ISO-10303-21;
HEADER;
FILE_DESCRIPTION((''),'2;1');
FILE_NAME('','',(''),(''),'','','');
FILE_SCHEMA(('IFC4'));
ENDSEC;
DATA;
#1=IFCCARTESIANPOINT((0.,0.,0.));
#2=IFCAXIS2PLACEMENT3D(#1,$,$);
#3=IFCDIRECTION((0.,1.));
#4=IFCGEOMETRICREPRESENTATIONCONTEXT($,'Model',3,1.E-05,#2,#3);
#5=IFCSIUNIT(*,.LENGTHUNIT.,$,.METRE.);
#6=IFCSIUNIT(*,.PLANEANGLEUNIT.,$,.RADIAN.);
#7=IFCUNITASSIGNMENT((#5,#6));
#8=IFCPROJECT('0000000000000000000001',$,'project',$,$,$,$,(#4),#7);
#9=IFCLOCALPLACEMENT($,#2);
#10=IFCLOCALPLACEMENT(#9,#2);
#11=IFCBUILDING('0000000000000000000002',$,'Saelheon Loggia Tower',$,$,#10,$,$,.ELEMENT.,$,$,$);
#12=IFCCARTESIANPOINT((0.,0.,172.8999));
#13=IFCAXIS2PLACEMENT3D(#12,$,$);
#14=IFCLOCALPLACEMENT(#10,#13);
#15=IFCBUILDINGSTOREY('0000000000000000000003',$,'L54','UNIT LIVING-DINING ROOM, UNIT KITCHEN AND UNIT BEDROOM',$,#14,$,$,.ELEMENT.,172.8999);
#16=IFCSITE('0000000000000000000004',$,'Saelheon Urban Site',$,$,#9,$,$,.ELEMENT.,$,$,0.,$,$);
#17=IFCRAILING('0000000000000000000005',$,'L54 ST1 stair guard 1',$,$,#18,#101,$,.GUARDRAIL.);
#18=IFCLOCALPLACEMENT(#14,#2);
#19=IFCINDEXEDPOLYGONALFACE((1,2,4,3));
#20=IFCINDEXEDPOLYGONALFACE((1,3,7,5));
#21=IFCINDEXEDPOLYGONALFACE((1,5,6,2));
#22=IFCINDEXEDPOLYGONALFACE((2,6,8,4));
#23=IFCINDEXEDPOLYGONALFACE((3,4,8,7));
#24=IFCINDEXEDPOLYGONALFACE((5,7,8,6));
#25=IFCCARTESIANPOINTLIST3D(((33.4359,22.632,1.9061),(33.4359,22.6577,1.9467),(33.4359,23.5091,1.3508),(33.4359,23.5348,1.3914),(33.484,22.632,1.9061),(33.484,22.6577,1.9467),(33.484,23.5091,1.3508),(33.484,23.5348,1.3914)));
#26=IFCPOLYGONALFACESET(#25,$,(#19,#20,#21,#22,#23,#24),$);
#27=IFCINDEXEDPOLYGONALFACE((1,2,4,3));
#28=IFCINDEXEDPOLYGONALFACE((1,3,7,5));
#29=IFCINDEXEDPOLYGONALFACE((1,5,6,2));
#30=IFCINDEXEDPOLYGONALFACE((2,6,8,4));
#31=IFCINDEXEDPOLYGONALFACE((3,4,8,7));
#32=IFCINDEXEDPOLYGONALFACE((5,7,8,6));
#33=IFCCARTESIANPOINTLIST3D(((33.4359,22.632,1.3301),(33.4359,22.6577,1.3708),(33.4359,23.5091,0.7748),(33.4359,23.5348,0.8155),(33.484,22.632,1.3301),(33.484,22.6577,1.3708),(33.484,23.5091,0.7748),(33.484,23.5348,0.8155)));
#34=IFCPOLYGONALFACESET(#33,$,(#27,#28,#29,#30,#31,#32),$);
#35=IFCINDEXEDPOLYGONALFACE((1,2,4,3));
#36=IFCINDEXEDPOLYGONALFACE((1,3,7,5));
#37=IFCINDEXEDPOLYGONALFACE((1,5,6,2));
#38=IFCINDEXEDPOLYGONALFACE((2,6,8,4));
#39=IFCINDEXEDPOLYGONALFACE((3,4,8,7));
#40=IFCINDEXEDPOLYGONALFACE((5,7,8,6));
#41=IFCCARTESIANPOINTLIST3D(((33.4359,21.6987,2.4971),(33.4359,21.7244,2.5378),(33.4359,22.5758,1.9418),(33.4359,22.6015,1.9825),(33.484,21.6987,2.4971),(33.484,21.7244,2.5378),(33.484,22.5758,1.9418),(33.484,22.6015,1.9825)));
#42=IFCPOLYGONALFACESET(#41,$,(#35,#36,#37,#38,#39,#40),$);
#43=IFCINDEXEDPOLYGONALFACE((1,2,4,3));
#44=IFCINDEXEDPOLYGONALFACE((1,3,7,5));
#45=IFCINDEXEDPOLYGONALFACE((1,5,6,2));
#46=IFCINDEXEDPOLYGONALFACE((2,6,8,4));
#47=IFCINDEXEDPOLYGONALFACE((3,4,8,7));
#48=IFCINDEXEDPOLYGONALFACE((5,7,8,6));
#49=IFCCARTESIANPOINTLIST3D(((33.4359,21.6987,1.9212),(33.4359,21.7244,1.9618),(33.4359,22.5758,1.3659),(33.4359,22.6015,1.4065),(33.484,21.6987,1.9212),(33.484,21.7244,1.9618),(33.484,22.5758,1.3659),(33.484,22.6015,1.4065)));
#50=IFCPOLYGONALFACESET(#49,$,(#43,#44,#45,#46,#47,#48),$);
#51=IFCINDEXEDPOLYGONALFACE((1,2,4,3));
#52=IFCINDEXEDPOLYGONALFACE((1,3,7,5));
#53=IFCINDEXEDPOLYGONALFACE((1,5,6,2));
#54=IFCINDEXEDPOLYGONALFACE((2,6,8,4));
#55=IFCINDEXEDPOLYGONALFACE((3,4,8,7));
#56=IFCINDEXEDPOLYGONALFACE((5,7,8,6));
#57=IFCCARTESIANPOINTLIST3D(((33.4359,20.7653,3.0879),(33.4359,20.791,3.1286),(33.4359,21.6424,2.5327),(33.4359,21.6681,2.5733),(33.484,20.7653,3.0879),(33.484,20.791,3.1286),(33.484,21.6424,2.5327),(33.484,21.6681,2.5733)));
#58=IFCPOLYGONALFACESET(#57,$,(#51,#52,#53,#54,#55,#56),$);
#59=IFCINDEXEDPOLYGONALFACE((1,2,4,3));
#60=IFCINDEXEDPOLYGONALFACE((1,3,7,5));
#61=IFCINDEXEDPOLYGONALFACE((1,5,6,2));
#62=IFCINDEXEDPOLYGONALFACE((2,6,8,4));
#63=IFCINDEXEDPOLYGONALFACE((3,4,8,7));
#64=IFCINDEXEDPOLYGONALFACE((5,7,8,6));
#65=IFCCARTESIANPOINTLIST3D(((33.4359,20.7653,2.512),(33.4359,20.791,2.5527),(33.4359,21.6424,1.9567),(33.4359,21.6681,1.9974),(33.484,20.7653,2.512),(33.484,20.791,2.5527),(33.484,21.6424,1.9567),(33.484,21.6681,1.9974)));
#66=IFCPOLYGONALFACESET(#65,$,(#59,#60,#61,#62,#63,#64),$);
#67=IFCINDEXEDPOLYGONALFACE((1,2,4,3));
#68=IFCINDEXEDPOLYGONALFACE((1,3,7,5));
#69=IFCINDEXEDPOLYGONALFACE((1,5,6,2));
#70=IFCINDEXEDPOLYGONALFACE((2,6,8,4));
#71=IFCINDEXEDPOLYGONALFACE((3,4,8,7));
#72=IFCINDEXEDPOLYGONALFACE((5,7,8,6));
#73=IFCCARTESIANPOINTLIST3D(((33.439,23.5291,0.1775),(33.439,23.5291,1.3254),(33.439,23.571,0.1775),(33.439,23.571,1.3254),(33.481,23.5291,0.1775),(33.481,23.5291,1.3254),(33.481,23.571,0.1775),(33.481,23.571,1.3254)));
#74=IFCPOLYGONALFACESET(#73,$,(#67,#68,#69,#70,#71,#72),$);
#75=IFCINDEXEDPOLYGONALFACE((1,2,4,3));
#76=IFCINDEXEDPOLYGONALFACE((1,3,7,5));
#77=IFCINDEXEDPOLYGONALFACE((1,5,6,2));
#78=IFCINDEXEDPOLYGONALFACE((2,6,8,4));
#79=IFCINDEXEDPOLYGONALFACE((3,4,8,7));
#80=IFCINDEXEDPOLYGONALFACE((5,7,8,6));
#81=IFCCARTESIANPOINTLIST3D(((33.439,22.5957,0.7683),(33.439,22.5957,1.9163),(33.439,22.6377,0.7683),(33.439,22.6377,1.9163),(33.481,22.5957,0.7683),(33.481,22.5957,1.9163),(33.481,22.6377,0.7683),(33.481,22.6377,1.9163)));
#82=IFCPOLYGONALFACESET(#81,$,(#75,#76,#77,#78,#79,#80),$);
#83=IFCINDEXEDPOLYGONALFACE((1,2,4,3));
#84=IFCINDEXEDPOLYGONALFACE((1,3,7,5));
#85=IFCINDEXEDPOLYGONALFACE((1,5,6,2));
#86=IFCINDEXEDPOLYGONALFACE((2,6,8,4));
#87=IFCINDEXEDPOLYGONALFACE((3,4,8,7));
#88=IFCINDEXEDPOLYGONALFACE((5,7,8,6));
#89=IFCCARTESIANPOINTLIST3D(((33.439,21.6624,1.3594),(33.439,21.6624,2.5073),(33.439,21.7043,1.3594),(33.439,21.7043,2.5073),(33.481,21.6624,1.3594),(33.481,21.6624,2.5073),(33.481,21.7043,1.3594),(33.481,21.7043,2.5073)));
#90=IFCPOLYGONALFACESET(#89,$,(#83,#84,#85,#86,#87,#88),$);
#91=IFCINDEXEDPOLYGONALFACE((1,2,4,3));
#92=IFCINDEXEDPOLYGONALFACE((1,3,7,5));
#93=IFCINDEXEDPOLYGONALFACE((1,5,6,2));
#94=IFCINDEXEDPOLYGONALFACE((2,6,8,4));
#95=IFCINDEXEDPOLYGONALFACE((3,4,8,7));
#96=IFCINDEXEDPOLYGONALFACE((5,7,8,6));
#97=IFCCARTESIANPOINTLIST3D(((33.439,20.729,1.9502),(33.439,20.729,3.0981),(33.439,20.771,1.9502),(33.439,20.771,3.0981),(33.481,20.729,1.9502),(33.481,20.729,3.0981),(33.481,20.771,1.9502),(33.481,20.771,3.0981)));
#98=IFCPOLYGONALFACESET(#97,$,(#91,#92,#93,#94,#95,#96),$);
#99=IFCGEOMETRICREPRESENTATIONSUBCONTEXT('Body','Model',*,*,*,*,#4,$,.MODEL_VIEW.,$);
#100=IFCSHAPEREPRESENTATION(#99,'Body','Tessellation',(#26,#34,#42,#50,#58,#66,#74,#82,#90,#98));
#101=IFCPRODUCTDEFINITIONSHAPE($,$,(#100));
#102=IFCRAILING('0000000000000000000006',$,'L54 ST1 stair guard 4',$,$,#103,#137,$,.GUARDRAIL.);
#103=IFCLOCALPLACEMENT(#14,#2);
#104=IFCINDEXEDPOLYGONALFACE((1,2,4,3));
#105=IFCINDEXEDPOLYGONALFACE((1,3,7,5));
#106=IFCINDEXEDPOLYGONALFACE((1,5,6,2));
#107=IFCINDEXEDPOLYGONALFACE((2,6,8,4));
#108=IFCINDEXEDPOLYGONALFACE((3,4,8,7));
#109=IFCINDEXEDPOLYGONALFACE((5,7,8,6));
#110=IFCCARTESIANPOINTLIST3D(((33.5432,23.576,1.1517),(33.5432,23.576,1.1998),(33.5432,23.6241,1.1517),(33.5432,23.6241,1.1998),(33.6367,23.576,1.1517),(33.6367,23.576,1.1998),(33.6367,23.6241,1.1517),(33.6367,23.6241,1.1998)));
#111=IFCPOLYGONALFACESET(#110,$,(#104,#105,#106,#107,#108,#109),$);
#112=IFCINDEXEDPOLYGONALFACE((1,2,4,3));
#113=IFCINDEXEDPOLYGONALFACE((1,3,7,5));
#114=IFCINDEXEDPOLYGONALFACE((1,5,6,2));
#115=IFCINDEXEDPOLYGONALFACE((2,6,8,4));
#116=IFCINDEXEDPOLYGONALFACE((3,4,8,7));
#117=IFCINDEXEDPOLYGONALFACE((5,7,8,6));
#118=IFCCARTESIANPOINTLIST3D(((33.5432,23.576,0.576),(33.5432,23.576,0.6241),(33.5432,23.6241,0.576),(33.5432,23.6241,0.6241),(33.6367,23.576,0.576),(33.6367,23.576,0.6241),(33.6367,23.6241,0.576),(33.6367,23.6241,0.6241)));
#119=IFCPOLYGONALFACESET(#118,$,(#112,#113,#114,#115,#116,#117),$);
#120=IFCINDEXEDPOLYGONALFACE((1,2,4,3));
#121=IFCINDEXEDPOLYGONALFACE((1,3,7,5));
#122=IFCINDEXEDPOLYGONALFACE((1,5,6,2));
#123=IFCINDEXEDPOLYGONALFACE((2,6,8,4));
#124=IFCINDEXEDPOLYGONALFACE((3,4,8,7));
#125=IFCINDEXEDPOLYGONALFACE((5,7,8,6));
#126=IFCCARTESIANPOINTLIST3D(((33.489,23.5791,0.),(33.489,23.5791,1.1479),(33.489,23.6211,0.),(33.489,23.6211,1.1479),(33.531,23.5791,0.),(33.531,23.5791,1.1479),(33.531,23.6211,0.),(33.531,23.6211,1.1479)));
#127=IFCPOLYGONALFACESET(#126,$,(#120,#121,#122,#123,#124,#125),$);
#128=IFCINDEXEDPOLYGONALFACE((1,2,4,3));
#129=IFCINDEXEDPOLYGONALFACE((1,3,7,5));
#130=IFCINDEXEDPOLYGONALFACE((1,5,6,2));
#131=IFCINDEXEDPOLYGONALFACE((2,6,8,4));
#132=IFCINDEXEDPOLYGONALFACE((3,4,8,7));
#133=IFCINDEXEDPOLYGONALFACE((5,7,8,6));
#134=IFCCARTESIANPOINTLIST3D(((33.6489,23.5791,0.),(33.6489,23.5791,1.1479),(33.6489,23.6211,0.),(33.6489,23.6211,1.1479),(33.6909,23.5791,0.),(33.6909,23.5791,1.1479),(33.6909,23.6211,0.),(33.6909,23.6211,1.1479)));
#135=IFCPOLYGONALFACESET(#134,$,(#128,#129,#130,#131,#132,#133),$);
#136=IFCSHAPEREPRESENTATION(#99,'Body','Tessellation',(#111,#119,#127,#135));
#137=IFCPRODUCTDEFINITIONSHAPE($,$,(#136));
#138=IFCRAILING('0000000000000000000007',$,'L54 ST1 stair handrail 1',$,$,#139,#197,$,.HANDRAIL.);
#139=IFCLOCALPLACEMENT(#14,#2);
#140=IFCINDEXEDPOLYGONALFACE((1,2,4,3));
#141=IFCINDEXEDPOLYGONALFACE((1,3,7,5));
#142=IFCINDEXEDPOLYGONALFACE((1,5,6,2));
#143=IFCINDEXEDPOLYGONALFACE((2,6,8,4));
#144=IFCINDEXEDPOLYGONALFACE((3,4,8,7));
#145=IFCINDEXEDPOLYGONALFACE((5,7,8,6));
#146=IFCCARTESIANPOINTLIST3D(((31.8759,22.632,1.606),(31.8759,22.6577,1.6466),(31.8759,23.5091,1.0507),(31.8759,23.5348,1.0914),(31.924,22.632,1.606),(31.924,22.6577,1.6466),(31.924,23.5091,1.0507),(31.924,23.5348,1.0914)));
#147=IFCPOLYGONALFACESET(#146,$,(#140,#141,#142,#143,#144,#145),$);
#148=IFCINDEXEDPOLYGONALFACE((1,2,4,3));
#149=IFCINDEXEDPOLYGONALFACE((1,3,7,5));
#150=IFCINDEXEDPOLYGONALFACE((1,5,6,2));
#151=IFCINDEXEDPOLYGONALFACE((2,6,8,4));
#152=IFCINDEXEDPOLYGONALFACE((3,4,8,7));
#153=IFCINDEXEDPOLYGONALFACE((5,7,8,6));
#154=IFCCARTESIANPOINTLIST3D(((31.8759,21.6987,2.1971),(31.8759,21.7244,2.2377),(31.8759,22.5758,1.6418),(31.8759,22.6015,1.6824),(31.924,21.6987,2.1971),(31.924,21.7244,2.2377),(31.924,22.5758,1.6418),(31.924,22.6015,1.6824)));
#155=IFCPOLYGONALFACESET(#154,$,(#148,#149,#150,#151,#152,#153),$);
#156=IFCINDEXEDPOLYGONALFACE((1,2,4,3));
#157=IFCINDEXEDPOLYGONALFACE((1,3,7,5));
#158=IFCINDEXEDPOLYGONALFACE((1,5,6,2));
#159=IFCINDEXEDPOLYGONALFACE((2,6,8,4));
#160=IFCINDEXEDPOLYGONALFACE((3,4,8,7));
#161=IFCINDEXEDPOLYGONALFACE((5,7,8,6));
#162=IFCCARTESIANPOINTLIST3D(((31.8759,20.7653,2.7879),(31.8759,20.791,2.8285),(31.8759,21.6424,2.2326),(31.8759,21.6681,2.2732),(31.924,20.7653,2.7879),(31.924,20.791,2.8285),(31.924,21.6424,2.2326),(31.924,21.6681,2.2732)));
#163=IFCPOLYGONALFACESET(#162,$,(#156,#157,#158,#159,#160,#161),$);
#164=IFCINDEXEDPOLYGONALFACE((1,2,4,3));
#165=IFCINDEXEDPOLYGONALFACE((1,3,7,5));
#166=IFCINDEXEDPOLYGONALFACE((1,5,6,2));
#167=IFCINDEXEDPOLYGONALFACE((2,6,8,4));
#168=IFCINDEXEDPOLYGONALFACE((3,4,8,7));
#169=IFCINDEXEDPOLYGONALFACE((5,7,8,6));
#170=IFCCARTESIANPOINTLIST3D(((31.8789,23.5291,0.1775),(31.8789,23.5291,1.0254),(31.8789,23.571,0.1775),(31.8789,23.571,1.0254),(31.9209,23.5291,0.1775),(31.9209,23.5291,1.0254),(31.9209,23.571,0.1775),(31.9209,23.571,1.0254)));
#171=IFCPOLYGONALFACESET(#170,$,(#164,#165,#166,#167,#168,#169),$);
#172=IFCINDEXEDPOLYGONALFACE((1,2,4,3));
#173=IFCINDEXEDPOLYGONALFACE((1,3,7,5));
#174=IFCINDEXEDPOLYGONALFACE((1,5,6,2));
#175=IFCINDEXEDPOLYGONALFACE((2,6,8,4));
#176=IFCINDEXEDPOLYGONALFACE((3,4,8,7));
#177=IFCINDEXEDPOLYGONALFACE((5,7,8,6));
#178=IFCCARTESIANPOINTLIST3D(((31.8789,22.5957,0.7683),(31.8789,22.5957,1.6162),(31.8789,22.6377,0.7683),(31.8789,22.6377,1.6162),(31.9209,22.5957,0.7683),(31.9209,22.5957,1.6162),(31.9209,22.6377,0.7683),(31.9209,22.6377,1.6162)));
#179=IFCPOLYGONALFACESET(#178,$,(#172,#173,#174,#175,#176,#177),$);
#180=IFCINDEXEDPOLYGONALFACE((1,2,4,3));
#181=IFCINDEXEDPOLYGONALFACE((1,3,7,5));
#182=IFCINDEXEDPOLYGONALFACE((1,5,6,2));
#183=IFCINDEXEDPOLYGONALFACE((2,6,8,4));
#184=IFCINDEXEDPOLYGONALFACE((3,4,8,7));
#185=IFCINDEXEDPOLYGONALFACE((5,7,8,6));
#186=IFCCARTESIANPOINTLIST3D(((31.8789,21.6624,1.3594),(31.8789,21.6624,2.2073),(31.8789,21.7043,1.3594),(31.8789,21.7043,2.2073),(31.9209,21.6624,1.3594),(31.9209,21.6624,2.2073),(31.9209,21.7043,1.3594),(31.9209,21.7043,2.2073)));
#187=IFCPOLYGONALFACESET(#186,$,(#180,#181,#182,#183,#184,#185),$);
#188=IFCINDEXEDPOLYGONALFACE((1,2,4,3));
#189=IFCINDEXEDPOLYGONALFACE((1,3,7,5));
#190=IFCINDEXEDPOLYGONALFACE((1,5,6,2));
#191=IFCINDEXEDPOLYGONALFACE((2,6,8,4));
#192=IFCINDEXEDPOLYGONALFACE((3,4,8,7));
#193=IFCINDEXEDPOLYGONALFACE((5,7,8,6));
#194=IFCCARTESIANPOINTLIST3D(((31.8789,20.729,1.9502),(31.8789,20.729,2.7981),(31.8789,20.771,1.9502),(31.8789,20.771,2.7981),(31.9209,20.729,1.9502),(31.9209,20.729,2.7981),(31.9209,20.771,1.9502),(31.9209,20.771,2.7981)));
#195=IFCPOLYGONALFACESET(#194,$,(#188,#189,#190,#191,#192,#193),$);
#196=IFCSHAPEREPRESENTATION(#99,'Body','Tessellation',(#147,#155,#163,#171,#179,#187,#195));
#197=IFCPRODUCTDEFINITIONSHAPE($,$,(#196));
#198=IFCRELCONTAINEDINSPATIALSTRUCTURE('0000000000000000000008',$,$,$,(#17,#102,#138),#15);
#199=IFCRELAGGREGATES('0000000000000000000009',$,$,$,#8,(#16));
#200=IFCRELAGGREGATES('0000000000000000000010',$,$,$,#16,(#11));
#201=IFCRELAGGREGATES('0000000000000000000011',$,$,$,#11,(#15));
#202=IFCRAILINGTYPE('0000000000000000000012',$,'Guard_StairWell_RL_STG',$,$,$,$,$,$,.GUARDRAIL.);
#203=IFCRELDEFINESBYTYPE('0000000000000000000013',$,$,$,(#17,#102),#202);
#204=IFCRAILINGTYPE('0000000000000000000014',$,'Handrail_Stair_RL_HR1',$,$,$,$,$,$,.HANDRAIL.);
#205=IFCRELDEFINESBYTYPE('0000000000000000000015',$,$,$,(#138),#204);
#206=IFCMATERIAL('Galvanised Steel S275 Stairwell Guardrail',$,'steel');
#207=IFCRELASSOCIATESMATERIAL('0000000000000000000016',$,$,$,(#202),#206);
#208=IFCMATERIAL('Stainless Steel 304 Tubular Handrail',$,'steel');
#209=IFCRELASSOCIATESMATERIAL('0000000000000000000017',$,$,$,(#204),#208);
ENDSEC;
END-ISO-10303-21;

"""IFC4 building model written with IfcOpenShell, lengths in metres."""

from ifc_helpers import new_model, si_unit, direction, frame, origin, origin_2d, place, context, subcontext, project, spatial, rectangle, extrude, material, type_object, element, save


model = new_model("IFC4")

# Units and contexts
model_context = context("Model", 3, precision=1e-05, world=origin(), true_north=direction((0.0, 1.0)))
body_context = subcontext(model_context, "Body", "Model", "MODEL_VIEW")
ifc_project = project(units=[si_unit("LENGTHUNIT", "METRE"), si_unit("PLANEANGLEUNIT", "RADIAN")], contexts=[model_context])

# Site, building, storey
site_placement = place(None, origin())
site = spatial("IfcSite", under=ifc_project, at=site_placement, Name="Saelheon Urban Site", CompositionType="ELEMENT", RefElevation=0.0)
building_placement = place(site_placement, origin())
building = spatial("IfcBuilding", under=site, at=building_placement, Name="Saelheon Loggia Tower", CompositionType="ELEMENT")
storey_placement = place(building_placement, frame((0.0, 0.0, 172.8999)))
storey = spatial("IfcBuildingStorey", under=building, at=storey_placement, Name="L54", Description="UNIT LIVING-DINING ROOM, UNIT KITCHEN AND UNIT BEDROOM", CompositionType="ELEMENT", Elevation=172.8999)

# Railings
ifc_material_1 = material(Name="Galvanised Steel S275 Stairwell Guardrail", Category="steel")
railing_type_1 = type_object("IfcRailingType", Name="Guard_StairWell_RL_STG", PredefinedType="GUARDRAIL", material=ifc_material_1)
railing_1_placement = place(storey_placement, frame((33.46, 23.55, 0.1775)))
element("IfcRailing", 1, at=railing_1_placement, inside=storey, type_object=railing_type_1, Name="L54 ST1 stair guard 1", PredefinedType="GUARDRAIL", context=body_context, shape_type="SweptSolid", body=[
    extrude(rectangle(XDim=0.0481, YDim=0.0481, at=origin_2d()), frame((0.0, -0.0281, 1.1936), z_axis=(0.0, -0.844909, 0.53491), x_axis=(1.0, 0.0, 0.0)), (0.0, 0.0, 1.0), 1.0381),
    extrude(rectangle(XDim=0.0481, YDim=0.0481, at=origin_2d()), frame((0.0, -0.0281, 0.6177), z_axis=(0.0, -0.844909, 0.53491), x_axis=(1.0, 0.0, 0.0)), (0.0, 0.0, 1.0), 1.0381),
    extrude(rectangle(XDim=0.0481, YDim=0.0481, at=origin_2d()), frame((0.0, -0.9614, 1.7847), z_axis=(0.0, -0.844909, 0.53491), x_axis=(1.0, 0.0, 0.0)), (0.0, 0.0, 1.0), 1.0381),
    extrude(rectangle(XDim=0.0481, YDim=0.0481, at=origin_2d()), frame((0.0, -0.9614, 1.2087), z_axis=(0.0, -0.844909, 0.53491), x_axis=(1.0, 0.0, 0.0)), (0.0, 0.0, 1.0), 1.0381),
    extrude(rectangle(XDim=0.0481, YDim=0.0481, at=origin_2d()), frame((0.0, -1.8948, 2.3755), z_axis=(0.0, -0.844909, 0.53491), x_axis=(1.0, 0.0, 0.0)), (0.0, 0.0, 1.0), 1.0381),
    extrude(rectangle(XDim=0.0481, YDim=0.0481, at=origin_2d()), frame((0.0, -1.8948, 1.7996), z_axis=(0.0, -0.844909, 0.53491), x_axis=(1.0, 0.0, 0.0)), (0.0, 0.0, 1.0), 1.0381),
    extrude(rectangle(XDim=0.042, YDim=0.042, at=origin_2d()), origin(), (0.0, 0.0, 1.0), 1.1479),
    extrude(rectangle(XDim=0.042, YDim=0.042, at=origin_2d()), frame((0.0, -0.9333, 0.5908)), (0.0, 0.0, 1.0), 1.1479),
    extrude(rectangle(XDim=0.042, YDim=0.042, at=origin_2d()), frame((0.0, -1.8667, 1.1819)), (0.0, 0.0, 1.0), 1.1479),
    extrude(rectangle(XDim=0.042, YDim=0.042, at=origin_2d()), frame((0.0, -2.8, 1.7727)), (0.0, 0.0, 1.0), 1.1479),
])
railing_2_placement = place(storey_placement, frame((33.51, 23.6001, 0.0)))
element("IfcRailing", 2, at=railing_2_placement, inside=storey, type_object=railing_type_1, Name="L54 ST1 stair guard 4", PredefinedType="GUARDRAIL", context=body_context, shape_type="SweptSolid", body=[
    extrude(rectangle(XDim=0.0481, YDim=0.0481, at=origin_2d()), frame((0.0332, 0.0, 1.1758), z_axis=(1.0, 0.0, 0.0), x_axis=(0.0, 1.0, 0.0)), (0.0, 0.0, 1.0), 0.0935),
    extrude(rectangle(XDim=0.0481, YDim=0.0481, at=origin_2d()), frame((0.0332, 0.0, 0.6001), z_axis=(1.0, 0.0, 0.0), x_axis=(0.0, 1.0, 0.0)), (0.0, 0.0, 1.0), 0.0935),
    extrude(rectangle(XDim=0.042, YDim=0.042, at=origin_2d()), origin(), (0.0, 0.0, 1.0), 1.1479),
    extrude(rectangle(XDim=0.042, YDim=0.042, at=origin_2d()), frame((0.1599, 0.0, 0.0)), (0.0, 0.0, 1.0), 1.1479),
])
ifc_material_2 = material(Name="Stainless Steel 304 Tubular Handrail", Category="steel")
railing_type_2 = type_object("IfcRailingType", Name="Handrail_Stair_RL_HR1", PredefinedType="HANDRAIL", material=ifc_material_2)
railing_3_placement = place(storey_placement, frame((31.8999, 23.55, 0.1775)))
element("IfcRailing", 3, at=railing_3_placement, inside=storey, type_object=railing_type_2, Name="L54 ST1 stair handrail 1", PredefinedType="HANDRAIL", context=body_context, shape_type="SweptSolid", body=[
    extrude(rectangle(XDim=0.0481, YDim=0.0481, at=origin_2d()), frame((0.0, -0.0281, 0.8936), z_axis=(0.0, -0.844909, 0.53491), x_axis=(1.0, 0.0, 0.0)), (0.0, 0.0, 1.0), 1.0381),
    extrude(rectangle(XDim=0.0481, YDim=0.0481, at=origin_2d()), frame((0.0, -0.9614, 1.4846), z_axis=(0.0, -0.844909, 0.53491), x_axis=(1.0, 0.0, 0.0)), (0.0, 0.0, 1.0), 1.0381),
    extrude(rectangle(XDim=0.0481, YDim=0.0481, at=origin_2d()), frame((0.0, -1.8948, 2.0754), z_axis=(0.0, -0.844909, 0.53491), x_axis=(1.0, 0.0, 0.0)), (0.0, 0.0, 1.0), 1.0381),
    extrude(rectangle(XDim=0.042, YDim=0.042, at=origin_2d()), origin(), (0.0, 0.0, 1.0), 0.8479),
    extrude(rectangle(XDim=0.042, YDim=0.042, at=origin_2d()), frame((0.0, -0.9333, 0.5908)), (0.0, 0.0, 1.0), 0.8479),
    extrude(rectangle(XDim=0.042, YDim=0.042, at=origin_2d()), frame((0.0, -1.8667, 1.1819)), (0.0, 0.0, 1.0), 0.8479),
    extrude(rectangle(XDim=0.042, YDim=0.042, at=origin_2d()), frame((0.0, -2.8, 1.7727)), (0.0, 0.0, 1.0), 0.8479),
])

save(model, "model.ifc")
